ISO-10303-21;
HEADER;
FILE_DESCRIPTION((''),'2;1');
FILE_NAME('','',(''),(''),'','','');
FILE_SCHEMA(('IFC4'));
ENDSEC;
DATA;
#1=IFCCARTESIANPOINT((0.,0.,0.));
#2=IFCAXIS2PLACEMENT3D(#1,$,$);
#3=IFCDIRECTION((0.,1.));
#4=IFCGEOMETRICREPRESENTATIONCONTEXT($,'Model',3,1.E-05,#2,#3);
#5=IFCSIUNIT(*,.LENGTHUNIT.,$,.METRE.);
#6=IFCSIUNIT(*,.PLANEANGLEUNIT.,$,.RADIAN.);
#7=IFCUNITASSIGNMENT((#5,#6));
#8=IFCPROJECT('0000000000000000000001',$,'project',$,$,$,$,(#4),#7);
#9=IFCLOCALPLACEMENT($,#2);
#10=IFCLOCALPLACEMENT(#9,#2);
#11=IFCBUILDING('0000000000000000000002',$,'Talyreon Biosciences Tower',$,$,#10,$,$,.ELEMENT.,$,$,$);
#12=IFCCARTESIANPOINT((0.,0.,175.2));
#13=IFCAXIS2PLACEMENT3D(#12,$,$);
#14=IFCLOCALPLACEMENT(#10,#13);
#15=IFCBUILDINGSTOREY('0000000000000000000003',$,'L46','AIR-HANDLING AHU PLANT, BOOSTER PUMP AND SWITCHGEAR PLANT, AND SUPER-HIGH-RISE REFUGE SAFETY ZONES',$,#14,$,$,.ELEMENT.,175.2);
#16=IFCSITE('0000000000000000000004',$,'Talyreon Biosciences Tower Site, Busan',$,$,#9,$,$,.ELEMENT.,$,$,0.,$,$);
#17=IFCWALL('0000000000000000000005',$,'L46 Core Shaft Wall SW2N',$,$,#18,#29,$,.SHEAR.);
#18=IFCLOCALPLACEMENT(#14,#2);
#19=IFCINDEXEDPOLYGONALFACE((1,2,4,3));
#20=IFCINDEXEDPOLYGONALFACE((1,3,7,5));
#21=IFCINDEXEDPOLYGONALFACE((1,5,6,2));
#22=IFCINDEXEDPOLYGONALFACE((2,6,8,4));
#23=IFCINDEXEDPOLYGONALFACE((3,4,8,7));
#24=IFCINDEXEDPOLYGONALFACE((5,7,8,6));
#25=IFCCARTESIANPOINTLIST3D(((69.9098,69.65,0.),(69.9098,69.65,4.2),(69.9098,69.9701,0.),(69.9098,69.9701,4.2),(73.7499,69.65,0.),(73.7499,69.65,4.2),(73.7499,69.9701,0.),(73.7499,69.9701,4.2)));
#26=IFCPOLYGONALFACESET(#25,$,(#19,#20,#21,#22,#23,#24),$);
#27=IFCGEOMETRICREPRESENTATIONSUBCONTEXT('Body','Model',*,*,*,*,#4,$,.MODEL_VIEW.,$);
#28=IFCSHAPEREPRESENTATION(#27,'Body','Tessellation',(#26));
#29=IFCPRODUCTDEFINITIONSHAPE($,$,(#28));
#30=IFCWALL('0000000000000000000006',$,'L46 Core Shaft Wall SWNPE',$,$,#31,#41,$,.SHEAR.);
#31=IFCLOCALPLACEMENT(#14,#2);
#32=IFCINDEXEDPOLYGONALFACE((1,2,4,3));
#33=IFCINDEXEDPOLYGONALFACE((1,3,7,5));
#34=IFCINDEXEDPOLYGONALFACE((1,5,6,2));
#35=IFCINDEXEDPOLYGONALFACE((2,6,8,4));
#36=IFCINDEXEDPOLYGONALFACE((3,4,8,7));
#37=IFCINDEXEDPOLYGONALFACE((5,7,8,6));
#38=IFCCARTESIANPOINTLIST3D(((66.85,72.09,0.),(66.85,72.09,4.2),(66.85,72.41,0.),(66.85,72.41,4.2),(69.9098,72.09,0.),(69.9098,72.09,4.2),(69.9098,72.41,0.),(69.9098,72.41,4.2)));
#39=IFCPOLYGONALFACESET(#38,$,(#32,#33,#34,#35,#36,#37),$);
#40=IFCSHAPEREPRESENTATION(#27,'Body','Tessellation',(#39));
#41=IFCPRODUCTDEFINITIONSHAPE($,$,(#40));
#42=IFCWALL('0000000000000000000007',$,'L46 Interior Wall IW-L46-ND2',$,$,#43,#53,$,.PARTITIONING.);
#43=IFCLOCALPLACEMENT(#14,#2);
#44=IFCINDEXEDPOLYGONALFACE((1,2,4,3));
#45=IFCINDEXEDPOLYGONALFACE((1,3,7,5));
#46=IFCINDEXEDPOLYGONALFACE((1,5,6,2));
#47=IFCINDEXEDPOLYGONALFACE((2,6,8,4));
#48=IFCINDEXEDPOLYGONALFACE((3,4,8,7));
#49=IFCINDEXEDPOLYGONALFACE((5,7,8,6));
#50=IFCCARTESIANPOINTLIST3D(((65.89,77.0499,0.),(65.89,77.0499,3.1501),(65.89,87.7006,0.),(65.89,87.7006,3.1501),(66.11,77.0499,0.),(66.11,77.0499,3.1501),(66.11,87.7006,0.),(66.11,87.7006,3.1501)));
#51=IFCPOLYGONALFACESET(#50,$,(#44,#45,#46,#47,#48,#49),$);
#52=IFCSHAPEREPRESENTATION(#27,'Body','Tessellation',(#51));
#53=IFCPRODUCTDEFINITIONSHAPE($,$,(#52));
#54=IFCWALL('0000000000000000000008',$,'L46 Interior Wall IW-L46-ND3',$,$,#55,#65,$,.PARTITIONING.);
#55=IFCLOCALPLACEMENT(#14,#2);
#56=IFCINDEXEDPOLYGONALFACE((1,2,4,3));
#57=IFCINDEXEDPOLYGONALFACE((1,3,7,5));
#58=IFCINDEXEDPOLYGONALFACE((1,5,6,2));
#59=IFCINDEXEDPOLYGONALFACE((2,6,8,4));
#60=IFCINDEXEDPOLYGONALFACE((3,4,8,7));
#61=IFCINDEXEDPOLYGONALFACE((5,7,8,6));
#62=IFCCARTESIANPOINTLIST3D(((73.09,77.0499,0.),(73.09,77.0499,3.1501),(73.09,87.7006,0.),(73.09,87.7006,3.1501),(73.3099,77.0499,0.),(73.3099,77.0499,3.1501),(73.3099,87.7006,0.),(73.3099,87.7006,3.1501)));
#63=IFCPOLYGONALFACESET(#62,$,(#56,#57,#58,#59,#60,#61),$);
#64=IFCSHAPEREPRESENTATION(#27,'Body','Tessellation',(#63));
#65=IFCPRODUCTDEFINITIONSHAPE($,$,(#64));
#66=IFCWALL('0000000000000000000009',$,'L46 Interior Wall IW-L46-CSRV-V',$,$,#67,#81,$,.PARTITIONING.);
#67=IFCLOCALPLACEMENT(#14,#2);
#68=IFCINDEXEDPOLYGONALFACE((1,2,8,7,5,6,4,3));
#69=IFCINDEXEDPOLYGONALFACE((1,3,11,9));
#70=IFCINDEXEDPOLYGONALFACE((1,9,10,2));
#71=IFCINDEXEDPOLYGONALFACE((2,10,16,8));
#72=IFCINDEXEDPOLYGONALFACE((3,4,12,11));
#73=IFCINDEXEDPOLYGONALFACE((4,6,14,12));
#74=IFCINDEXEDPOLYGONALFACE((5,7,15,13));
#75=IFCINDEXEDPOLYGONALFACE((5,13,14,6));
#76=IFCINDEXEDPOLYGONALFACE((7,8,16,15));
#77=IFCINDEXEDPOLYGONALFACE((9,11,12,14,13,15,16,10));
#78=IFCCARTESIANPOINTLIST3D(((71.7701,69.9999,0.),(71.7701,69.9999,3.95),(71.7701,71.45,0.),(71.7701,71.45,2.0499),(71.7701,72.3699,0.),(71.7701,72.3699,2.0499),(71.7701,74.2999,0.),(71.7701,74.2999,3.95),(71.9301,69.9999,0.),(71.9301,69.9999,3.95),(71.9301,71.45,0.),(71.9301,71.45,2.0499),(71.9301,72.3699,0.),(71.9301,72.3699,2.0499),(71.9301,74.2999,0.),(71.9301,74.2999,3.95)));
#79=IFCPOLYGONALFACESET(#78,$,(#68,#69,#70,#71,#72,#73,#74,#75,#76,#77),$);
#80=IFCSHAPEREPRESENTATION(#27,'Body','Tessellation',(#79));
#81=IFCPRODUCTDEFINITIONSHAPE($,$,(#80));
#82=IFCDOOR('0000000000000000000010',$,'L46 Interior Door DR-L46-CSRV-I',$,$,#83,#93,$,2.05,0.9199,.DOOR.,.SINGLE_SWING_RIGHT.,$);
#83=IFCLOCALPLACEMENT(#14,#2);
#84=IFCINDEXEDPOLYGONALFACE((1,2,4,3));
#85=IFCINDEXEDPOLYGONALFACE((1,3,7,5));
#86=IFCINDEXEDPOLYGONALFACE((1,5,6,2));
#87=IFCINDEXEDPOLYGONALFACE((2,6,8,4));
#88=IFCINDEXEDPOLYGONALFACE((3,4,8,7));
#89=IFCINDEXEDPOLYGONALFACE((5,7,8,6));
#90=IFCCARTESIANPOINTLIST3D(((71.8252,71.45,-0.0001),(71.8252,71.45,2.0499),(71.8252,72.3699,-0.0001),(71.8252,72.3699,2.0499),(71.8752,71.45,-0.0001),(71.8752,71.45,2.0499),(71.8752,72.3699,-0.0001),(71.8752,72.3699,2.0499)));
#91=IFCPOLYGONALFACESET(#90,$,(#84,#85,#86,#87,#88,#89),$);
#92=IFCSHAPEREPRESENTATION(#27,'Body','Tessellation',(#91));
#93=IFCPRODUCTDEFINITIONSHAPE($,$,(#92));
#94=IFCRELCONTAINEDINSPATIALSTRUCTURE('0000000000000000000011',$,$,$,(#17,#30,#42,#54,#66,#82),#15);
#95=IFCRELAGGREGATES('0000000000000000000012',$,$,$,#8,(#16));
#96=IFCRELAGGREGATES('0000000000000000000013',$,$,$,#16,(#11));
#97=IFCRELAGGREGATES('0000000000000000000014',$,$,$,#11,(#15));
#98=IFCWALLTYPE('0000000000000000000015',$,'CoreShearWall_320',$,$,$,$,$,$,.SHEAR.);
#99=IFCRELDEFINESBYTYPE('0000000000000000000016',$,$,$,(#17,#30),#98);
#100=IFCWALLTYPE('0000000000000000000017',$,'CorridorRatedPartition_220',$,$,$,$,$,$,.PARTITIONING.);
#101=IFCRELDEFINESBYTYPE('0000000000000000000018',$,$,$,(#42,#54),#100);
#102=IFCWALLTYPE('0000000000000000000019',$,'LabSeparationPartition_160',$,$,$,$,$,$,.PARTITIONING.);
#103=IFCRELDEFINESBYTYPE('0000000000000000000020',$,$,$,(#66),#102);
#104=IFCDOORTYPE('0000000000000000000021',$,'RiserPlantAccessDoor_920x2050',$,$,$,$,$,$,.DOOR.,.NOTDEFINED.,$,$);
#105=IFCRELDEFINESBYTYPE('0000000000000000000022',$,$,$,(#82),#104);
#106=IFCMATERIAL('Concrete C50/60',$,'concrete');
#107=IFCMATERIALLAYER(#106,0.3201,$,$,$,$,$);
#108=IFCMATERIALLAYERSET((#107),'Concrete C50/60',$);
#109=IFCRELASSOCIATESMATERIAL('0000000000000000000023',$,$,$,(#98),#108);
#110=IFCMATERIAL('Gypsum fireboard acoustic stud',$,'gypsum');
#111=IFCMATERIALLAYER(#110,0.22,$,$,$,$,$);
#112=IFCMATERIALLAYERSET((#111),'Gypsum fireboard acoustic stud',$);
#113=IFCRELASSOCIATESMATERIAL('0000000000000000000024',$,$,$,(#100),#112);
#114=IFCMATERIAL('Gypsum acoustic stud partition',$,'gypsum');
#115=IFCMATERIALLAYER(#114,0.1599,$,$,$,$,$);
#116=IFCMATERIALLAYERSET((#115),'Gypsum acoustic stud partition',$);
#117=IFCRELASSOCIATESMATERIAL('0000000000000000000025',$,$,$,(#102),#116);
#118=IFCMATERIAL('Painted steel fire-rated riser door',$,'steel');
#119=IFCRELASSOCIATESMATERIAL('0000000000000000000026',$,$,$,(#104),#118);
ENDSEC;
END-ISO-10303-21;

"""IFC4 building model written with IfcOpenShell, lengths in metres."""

from ifc_helpers import new_model, si_unit, direction, frame, frame_2d, origin, place, context, subcontext, project, spatial, rectangle, extrude, material, layer, layer_set, type_object, element, fill, save


model = new_model("IFC4")

# Units and contexts
model_context = context("Model", 3, precision=1e-05, world=origin(), true_north=direction((0.0, 1.0)))
body_context = subcontext(model_context, "Body", "Model", "MODEL_VIEW")
ifc_project = project(units=[si_unit("LENGTHUNIT", "METRE"), si_unit("PLANEANGLEUNIT", "RADIAN")], contexts=[model_context])

# Site, building, storey
site_placement = place(None, origin())
site = spatial("IfcSite", under=ifc_project, at=site_placement, Name="Talyreon Biosciences Tower Site, Busan", CompositionType="ELEMENT", RefElevation=0.0)
building_placement = place(site_placement, origin())
building = spatial("IfcBuilding", under=site, at=building_placement, Name="Talyreon Biosciences Tower", CompositionType="ELEMENT")
storey_placement = place(building_placement, frame((0.0, 0.0, 175.2)))
storey = spatial("IfcBuildingStorey", under=building, at=storey_placement, Name="L46", Description="AIR-HANDLING AHU PLANT, BOOSTER PUMP AND SWITCHGEAR PLANT, AND SUPER-HIGH-RISE REFUGE SAFETY ZONES", CompositionType="ELEMENT", Elevation=175.2)

# Shared definitions
ifc_material_1 = material(Name="Concrete C50/60", Category="concrete")

# Walls
ifc_layer_1 = layer(ifc_material_1, 0.3201)
ifc_layer_set_1 = layer_set([ifc_layer_1], Name="Concrete C50/60")
wall_type_1 = type_object("IfcWallType", Name="CoreShearWall_320", PredefinedType="SHEAR", material=ifc_layer_set_1)
wall_1_placement = place(storey_placement, frame((69.9099, 69.8101, 0.0), z_axis=(0.0, 0.0, 1.0), x_axis=(1.0, 0.0, 0.0)))
element("IfcWall", 1, at=wall_1_placement, inside=storey, type_object=wall_type_1, Name="L46 Core Shaft Wall SW2N", PredefinedType="SHEAR", context=body_context, shape_type="SweptSolid", body=[
    extrude(rectangle(XDim=3.8401, YDim=0.3201, at=frame_2d((1.9199, 0.0))), origin(), (0.0, 0.0, 1.0), 4.2),
])
wall_2_placement = place(storey_placement, frame((66.8501, 72.25, 0.0), z_axis=(0.0, 0.0, 1.0), x_axis=(1.0, 0.0, 0.0)))
element("IfcWall", 2, at=wall_2_placement, inside=storey, type_object=wall_type_1, Name="L46 Core Shaft Wall SWNPE", PredefinedType="SHEAR", context=body_context, shape_type="SweptSolid", body=[
    extrude(rectangle(XDim=3.0598, YDim=0.3201, at=frame_2d((1.5298, 0.0))), origin(), (0.0, 0.0, 1.0), 4.2),
])
ifc_material_2 = material(Name="Gypsum fireboard acoustic stud", Category="gypsum")
ifc_layer_2 = layer(ifc_material_2, 0.22)
ifc_layer_set_2 = layer_set([ifc_layer_2], Name="Gypsum fireboard acoustic stud")
wall_type_2 = type_object("IfcWallType", Name="CorridorRatedPartition_220", PredefinedType="PARTITIONING", material=ifc_layer_set_2)
for number, where, z_axis, x_axis, name in (
    (3, (66.0, 77.05, 0.0), (0.0, 0.0, 1.0), (0.0, 1.0, 0.0), "L46 Interior Wall IW-L46-ND2"),
    (4, (73.2, 77.05, 0.0), (0.0, 0.0, 1.0), (0.0, 1.0, 0.0), "L46 Interior Wall IW-L46-ND3"),
):
    element("IfcWall", number, at=place(storey_placement, frame(where, z_axis=z_axis, x_axis=x_axis)), inside=storey, type_object=wall_type_2, Name=name, PredefinedType="PARTITIONING", context=body_context, shape_type="SweptSolid", body=[
        extrude(rectangle(XDim=10.6506, YDim=0.22, at=frame_2d((5.3252, 0.0))), origin(), (0.0, 0.0, 1.0), 3.1501),
    ])

# Wall, opening, door
ifc_material_3 = material(Name="Gypsum acoustic stud partition", Category="gypsum")
ifc_layer_3 = layer(ifc_material_3, 0.1599)
ifc_layer_set_3 = layer_set([ifc_layer_3], Name="Gypsum acoustic stud partition")
wall_type_3 = type_object("IfcWallType", Name="LabSeparationPartition_160", PredefinedType="PARTITIONING", material=ifc_layer_set_3)
wall_3_placement = place(storey_placement, frame((71.8501, 70.0, 0.0), z_axis=(0.0, 0.0, 1.0), x_axis=(0.0, 1.0, 0.0)))
wall_3 = element("IfcWall", 5, at=wall_3_placement, inside=storey, type_object=wall_type_3, Name="L46 Interior Wall IW-L46-CSRV-V", PredefinedType="PARTITIONING", context=body_context, shape_type="SweptSolid", body=[
    extrude(rectangle(XDim=4.3, YDim=0.1599, at=frame_2d((2.1499, 0.0))), origin(), (0.0, 0.0, 1.0), 3.95),
])
opening_placement = place(wall_3_placement, frame((1.45, 0.0, 0.0)))
opening = element("IfcOpeningElement", 6, at=opening_placement, cuts=wall_3, PredefinedType="OPENING", context=body_context, shape_type="SweptSolid", body=[
    extrude(rectangle(XDim=0.9199, YDim=2.05, at=frame_2d((0.46, 1.0249))), frame((0.0, 0.0898, 0.0), z_axis=(0.0, -1.0, 0.0), x_axis=(1.0, 0.0, 0.0)), (0.0, 0.0, 1.0), 0.1799),
])
ifc_material_4 = material(Name="Painted steel fire-rated riser door", Category="steel")
door_type = type_object("IfcDoorType", Name="RiserPlantAccessDoor_920x2050", OperationType="NOTDEFINED", PredefinedType="DOOR", material=ifc_material_4)
door_placement = place(opening_placement, origin())
door = element("IfcDoor", 7, at=door_placement, inside=storey, type_object=door_type, Name="L46 Interior Door DR-L46-CSRV-I", OperationType="SINGLE_SWING_RIGHT", OverallHeight=2.05, OverallWidth=0.9199, PredefinedType="DOOR", context=body_context, shape_type="SweptSolid", body=[
    extrude(rectangle(XDim=0.9199, YDim=2.05, at=frame_2d((0.46, 1.0249))), frame((0.0, 0.0249, 0.0), z_axis=(0.0, -1.0, 0.0), x_axis=(1.0, 0.0, 0.0)), (0.0, 0.0, 1.0), 0.05),
])
fill(opening, door)

save(model, "model.ifc")
